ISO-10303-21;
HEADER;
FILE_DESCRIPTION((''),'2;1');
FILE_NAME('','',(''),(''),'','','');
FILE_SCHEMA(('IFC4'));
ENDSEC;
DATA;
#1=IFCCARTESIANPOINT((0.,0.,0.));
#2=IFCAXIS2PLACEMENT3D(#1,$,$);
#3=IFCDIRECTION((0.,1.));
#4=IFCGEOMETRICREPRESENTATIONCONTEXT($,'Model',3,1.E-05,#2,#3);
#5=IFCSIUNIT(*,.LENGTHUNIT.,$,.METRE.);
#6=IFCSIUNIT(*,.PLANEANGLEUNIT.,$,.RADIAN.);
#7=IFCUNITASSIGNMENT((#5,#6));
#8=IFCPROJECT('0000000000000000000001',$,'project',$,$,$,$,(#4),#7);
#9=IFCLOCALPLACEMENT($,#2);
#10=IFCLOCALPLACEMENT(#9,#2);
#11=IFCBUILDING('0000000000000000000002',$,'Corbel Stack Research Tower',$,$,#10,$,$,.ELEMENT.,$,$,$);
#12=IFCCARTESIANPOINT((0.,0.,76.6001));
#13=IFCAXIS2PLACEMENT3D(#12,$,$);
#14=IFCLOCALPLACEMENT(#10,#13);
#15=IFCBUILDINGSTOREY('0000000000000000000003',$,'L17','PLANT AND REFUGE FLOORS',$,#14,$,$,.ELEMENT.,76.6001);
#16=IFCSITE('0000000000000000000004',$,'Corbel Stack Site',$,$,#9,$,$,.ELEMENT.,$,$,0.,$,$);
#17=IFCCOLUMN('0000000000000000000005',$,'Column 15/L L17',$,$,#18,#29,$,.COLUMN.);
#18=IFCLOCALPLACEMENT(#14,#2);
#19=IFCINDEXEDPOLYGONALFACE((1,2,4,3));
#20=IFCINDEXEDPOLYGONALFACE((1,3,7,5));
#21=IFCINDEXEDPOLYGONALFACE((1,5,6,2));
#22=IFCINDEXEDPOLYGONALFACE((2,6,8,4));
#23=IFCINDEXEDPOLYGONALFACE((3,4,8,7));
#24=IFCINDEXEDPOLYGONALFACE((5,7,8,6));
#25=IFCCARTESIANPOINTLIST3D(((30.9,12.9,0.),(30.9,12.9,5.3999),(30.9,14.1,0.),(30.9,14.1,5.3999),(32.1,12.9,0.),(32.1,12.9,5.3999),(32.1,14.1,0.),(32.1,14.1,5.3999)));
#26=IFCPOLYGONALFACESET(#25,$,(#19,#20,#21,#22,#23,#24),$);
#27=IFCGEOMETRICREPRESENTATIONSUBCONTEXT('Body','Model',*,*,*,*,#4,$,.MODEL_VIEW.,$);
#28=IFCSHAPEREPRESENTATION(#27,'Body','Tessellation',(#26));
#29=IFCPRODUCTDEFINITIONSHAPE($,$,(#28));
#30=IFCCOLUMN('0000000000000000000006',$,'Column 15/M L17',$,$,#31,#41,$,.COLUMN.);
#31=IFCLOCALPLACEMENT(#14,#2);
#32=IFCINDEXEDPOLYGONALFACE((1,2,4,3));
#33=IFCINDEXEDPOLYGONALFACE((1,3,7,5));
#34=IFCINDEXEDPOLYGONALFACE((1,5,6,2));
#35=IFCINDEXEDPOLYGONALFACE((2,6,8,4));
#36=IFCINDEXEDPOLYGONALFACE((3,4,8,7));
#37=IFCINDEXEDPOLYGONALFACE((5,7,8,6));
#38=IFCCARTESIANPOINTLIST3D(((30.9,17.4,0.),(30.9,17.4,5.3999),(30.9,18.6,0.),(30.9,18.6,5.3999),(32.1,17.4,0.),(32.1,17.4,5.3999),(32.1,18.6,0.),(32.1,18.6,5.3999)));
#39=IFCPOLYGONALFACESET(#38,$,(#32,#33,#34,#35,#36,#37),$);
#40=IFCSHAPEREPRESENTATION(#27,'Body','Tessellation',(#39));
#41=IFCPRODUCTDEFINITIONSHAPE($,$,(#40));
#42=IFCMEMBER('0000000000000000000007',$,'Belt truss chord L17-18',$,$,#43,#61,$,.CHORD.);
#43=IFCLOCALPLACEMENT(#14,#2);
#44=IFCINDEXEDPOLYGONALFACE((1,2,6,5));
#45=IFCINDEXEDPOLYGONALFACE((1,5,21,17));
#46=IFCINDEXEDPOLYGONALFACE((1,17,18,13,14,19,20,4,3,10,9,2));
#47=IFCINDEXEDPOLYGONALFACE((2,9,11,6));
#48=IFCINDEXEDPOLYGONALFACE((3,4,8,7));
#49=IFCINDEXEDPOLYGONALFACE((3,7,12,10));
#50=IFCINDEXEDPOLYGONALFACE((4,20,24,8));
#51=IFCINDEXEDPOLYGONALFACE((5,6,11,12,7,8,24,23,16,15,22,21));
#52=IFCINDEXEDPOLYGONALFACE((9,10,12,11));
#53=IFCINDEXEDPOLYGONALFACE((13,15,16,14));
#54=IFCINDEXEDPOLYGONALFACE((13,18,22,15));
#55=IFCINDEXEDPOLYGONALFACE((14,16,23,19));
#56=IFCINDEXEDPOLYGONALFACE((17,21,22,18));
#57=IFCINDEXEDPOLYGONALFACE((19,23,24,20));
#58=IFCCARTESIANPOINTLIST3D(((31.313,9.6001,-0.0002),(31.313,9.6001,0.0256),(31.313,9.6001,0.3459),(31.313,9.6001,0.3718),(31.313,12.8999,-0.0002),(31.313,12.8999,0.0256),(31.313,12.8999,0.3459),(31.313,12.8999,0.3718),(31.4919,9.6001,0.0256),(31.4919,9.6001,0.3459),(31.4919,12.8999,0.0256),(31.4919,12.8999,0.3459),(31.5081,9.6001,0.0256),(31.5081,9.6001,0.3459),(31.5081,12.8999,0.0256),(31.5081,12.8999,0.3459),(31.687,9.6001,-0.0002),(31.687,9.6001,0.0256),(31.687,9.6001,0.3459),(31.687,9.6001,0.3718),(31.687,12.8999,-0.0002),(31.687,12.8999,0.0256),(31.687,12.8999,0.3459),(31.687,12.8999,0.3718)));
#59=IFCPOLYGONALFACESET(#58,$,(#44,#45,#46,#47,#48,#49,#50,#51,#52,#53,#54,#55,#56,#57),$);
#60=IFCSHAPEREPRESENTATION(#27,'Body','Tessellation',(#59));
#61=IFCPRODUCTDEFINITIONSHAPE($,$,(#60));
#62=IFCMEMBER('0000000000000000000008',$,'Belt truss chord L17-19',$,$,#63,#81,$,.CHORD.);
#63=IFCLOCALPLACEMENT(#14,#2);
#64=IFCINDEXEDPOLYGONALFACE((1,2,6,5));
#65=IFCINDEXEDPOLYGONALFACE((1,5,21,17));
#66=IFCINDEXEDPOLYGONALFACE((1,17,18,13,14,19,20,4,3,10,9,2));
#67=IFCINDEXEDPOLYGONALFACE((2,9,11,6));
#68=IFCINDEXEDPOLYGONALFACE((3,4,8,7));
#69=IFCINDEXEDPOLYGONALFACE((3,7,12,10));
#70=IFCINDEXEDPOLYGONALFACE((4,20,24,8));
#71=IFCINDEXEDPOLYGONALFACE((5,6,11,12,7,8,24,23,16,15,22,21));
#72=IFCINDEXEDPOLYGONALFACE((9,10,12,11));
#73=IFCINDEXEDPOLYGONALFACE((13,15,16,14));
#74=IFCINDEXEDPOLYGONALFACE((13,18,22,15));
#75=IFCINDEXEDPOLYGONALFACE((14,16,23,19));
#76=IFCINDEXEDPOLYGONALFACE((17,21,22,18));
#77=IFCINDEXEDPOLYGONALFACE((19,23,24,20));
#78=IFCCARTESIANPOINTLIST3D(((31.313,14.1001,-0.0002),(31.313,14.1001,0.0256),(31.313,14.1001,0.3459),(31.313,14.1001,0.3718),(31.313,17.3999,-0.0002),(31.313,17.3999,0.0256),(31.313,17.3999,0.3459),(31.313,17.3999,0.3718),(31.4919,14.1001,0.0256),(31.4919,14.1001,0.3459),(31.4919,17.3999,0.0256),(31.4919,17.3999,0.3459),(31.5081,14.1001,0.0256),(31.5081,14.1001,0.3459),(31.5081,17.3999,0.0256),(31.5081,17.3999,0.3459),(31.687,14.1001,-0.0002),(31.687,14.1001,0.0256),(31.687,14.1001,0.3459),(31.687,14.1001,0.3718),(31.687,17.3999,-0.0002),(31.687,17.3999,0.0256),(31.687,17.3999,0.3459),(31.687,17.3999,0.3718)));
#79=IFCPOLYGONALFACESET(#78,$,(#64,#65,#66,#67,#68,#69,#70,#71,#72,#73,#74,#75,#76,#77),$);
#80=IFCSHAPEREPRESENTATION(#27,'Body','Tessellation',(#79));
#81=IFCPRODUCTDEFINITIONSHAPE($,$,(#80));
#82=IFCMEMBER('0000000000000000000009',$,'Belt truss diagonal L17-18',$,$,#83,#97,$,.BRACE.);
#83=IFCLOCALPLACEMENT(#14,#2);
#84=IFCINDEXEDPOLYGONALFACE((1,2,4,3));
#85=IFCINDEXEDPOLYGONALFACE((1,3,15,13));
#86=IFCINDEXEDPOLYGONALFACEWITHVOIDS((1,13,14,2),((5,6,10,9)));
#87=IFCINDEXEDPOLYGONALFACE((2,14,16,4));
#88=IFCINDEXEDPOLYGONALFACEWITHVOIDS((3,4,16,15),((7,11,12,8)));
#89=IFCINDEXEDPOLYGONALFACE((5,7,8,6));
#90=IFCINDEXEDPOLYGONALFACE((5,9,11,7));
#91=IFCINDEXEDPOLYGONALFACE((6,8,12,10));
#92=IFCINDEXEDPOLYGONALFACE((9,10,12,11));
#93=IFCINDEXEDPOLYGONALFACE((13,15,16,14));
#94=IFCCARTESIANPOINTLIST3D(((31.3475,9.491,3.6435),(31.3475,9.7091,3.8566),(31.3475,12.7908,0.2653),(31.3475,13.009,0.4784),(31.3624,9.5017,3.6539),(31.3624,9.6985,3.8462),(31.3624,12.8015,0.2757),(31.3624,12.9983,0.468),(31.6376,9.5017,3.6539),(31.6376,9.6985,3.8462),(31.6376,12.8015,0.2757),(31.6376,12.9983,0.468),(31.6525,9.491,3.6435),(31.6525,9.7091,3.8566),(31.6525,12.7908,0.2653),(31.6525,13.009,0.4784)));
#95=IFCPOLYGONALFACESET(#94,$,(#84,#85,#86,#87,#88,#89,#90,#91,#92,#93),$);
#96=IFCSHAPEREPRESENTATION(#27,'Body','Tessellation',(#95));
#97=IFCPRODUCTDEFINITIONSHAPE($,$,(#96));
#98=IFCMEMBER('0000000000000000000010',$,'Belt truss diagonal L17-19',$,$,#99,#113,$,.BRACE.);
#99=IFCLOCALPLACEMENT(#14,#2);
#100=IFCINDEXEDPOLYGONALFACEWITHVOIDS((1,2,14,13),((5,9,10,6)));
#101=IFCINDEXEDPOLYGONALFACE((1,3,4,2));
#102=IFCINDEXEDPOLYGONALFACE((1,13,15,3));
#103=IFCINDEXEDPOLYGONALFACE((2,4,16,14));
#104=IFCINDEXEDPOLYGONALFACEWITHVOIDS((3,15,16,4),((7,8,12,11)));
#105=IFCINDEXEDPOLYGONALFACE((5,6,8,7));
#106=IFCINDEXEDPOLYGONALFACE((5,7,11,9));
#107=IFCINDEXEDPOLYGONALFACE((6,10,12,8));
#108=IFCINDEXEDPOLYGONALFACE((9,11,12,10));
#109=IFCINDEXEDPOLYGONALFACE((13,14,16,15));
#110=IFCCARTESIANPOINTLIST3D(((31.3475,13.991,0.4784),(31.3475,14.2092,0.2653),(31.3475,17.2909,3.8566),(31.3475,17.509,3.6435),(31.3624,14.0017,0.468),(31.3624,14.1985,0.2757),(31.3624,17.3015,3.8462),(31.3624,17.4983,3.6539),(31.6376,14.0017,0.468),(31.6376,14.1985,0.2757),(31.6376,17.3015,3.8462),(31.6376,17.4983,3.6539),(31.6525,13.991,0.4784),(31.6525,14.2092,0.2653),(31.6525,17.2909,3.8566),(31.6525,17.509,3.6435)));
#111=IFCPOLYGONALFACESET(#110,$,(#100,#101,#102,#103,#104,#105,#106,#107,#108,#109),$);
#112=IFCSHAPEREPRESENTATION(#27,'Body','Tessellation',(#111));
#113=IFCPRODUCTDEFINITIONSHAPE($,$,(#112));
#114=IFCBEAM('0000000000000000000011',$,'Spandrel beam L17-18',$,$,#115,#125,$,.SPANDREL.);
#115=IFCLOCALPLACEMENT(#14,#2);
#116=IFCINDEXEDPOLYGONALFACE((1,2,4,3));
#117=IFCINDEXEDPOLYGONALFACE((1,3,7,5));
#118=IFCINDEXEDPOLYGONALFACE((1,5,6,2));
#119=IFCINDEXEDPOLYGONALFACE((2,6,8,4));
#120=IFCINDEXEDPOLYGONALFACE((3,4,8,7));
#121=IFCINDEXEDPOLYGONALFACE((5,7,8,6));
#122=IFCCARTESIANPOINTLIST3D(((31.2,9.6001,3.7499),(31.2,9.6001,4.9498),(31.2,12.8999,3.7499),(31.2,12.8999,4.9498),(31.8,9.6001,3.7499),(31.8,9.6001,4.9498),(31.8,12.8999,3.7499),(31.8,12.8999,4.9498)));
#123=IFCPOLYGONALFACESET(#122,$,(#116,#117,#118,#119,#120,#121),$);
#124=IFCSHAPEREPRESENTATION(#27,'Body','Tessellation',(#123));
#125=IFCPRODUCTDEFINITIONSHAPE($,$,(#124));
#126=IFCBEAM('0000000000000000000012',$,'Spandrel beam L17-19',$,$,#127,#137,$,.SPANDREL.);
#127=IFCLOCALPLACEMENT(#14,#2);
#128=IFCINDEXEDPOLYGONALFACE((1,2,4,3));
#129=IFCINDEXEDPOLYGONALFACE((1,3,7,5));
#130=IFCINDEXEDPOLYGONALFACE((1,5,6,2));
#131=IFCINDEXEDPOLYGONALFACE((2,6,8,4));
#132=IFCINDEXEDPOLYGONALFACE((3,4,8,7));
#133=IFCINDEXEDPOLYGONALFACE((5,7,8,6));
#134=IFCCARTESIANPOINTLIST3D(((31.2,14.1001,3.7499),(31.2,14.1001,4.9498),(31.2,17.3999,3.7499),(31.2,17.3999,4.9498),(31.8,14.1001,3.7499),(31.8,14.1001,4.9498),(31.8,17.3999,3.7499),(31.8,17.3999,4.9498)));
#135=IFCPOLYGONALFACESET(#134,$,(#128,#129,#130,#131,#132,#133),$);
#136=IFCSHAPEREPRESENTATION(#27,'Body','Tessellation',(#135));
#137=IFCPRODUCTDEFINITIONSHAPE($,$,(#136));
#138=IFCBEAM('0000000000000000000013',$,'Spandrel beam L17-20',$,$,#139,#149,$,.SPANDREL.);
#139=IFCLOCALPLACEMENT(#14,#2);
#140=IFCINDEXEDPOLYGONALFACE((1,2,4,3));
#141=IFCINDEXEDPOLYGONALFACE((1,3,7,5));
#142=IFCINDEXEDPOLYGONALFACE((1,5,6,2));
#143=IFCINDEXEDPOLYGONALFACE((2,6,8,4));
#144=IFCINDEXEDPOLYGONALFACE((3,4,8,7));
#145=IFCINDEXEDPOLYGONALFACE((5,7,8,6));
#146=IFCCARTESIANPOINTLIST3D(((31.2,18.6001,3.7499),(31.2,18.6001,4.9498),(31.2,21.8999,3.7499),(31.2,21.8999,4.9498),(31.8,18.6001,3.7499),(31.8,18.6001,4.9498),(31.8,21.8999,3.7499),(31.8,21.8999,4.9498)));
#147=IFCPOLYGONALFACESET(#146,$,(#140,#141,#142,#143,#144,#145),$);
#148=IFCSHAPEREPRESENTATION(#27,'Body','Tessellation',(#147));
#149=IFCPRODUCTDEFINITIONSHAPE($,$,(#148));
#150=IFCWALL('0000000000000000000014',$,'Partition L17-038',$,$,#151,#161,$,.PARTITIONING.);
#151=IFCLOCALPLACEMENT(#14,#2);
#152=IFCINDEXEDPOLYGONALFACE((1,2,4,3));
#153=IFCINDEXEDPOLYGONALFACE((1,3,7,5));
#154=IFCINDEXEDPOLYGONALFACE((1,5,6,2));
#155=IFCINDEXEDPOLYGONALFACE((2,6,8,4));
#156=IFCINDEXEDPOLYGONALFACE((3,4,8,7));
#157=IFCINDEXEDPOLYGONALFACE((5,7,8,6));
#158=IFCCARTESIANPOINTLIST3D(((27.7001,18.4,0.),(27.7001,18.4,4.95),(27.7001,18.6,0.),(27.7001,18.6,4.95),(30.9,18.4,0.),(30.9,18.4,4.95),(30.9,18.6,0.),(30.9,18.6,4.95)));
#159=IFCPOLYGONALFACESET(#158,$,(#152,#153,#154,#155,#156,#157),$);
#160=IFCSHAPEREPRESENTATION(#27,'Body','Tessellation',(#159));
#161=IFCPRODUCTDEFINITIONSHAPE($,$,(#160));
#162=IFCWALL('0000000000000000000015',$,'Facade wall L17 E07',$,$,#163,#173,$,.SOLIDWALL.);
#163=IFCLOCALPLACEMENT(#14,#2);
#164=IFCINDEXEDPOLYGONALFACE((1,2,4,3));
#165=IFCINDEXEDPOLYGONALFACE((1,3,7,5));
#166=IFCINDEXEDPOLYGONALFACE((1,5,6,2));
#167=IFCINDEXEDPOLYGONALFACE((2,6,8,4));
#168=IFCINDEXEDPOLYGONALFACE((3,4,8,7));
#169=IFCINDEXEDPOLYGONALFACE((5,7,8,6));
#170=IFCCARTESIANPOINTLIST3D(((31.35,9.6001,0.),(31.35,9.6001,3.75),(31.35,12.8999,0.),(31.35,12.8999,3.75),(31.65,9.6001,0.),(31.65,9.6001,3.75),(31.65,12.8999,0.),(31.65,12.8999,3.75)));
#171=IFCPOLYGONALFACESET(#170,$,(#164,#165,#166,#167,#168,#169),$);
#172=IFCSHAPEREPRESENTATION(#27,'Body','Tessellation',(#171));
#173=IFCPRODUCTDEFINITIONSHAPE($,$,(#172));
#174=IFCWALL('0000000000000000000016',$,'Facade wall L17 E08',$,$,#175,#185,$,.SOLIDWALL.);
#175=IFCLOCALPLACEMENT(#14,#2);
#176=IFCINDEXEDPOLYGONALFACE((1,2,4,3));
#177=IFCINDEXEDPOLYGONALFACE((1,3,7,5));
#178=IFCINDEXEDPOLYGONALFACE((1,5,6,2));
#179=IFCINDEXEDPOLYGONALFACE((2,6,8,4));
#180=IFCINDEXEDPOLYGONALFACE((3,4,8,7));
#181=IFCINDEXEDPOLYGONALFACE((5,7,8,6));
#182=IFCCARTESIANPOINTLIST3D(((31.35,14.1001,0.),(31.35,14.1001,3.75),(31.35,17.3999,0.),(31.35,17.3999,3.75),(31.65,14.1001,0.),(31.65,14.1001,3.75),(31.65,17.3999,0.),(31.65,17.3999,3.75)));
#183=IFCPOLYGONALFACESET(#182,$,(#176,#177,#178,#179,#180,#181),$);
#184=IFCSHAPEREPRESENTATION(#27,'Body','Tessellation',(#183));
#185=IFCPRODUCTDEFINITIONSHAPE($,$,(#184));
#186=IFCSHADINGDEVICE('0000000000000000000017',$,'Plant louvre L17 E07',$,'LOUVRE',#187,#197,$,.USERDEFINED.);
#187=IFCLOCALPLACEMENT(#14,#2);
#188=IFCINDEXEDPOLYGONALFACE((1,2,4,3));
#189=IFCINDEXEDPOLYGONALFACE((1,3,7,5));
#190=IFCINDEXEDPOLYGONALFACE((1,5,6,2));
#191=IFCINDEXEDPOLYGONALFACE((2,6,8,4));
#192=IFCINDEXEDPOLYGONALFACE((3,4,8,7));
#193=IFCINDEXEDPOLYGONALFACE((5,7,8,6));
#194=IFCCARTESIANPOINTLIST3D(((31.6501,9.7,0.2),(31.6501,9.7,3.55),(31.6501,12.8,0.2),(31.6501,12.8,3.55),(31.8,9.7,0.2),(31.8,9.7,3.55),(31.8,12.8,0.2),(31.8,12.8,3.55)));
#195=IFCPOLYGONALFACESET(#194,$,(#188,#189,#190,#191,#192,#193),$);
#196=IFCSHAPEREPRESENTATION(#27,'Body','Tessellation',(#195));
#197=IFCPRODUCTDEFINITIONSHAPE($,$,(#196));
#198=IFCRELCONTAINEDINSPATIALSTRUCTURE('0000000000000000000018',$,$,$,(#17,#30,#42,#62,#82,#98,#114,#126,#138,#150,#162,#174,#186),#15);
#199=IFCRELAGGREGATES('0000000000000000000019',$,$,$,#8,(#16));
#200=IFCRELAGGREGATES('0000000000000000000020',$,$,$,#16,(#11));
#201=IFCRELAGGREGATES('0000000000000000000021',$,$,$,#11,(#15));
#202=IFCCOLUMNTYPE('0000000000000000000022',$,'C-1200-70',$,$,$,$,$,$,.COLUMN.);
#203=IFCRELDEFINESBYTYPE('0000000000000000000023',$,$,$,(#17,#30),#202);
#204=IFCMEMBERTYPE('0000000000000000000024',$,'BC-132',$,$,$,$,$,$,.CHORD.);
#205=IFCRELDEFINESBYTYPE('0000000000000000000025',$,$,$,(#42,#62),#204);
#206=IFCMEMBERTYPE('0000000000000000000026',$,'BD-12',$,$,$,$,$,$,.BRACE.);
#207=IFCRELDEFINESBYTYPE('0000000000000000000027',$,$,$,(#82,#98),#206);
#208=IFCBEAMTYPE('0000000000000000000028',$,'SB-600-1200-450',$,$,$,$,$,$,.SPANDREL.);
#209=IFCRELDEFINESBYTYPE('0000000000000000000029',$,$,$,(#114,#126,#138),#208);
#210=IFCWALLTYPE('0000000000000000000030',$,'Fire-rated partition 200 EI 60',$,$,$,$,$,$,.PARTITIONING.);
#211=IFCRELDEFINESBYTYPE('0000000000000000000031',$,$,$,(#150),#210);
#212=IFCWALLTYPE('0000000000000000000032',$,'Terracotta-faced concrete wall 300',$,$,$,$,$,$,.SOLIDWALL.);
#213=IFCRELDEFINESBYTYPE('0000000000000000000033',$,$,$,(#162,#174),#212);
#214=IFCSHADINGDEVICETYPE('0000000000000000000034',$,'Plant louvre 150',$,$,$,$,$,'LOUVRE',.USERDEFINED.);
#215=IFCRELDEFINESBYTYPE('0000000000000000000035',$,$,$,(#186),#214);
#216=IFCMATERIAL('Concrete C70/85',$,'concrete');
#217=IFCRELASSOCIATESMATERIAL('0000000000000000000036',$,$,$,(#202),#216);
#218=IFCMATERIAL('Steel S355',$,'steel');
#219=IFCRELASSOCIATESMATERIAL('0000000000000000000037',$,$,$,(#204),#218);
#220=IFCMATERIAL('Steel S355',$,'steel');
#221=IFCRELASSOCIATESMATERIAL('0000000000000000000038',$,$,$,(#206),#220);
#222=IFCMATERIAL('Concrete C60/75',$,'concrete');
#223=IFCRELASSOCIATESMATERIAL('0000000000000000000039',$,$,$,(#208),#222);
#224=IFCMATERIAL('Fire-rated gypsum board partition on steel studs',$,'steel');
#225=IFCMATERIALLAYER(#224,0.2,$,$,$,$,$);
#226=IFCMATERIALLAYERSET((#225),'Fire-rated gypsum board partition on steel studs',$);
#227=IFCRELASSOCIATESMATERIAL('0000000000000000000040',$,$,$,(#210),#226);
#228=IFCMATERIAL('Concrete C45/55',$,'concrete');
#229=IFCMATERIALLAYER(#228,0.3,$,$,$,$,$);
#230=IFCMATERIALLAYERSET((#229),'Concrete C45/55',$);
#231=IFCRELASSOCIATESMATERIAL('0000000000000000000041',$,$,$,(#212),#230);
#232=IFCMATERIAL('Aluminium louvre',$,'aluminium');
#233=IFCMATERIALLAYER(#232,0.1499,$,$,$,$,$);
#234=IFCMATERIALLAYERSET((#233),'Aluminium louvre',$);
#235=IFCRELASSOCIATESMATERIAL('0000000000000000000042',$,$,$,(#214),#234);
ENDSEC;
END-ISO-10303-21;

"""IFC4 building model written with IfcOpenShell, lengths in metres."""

from ifc_helpers import new_model, si_unit, direction, frame, frame_2d, origin, origin_2d, place, context, subcontext, project, spatial, rectangle, hollow_rectangle, i_section, extrude, material, layer, layer_set, material_profile, profile_set, type_object, element, save


model = new_model("IFC4")

# Units and contexts
model_context = context("Model", 3, precision=1e-05, world=origin(), true_north=direction((0.0, 1.0)))
body_context = subcontext(model_context, "Body", "Model", "MODEL_VIEW")
ifc_project = project(units=[si_unit("LENGTHUNIT", "METRE"), si_unit("PLANEANGLEUNIT", "RADIAN")], contexts=[model_context])

# Site, building, storey
site_placement = place(None, origin())
site = spatial("IfcSite", under=ifc_project, at=site_placement, Name="Corbel Stack Site", CompositionType="ELEMENT", RefElevation=0.0)
building_placement = place(site_placement, origin())
building = spatial("IfcBuilding", under=site, at=building_placement, Name="Corbel Stack Research Tower", CompositionType="ELEMENT")
storey_placement = place(building_placement, frame((0.0, 0.0, 76.6001)))
storey = spatial("IfcBuildingStorey", under=building, at=storey_placement, Name="L17", Description="PLANT AND REFUGE FLOORS", CompositionType="ELEMENT", Elevation=76.6001)

# Columns
ifc_material_1 = material(Name="Concrete C70/85", Category="concrete")
ifc_material_profile_1 = material_profile(ifc_material_1, rectangle(XDim=1.2, YDim=1.2, at=origin_2d()), Name="RC 1200 x 1200")
ifc_profile_set_1 = profile_set([ifc_material_profile_1], Name="Concrete C70/85")
column_type = type_object("IfcColumnType", Name="C-1200-70", PredefinedType="COLUMN", material=ifc_profile_set_1)
for number, where, z_axis, x_axis, name in (
    (1, (31.5, 13.5, 0.0), (0.0, 0.0, 1.0), (1.0, 0.0, 0.0), "Column 15/L L17"),
    (2, (31.5, 18.0, 0.0), (0.0, 0.0, 1.0), (1.0, 0.0, 0.0), "Column 15/M L17"),
):
    element("IfcColumn", number, at=place(storey_placement, frame(where, z_axis=z_axis, x_axis=x_axis)), inside=storey, type_object=column_type, Name=name, PredefinedType="COLUMN", context=body_context, shape_type="SweptSolid", body=[
        extrude(rectangle(XDim=1.2, YDim=1.2, at=origin_2d()), origin(), (0.0, 0.0, 1.0), 5.3999),
    ])

# Members
ifc_material_2 = material(Name="Steel S355", Category="steel")
ifc_material_profile_2 = material_profile(ifc_material_2, i_section(OverallWidth=0.374, OverallDepth=0.3721, WebThickness=0.0161, FlangeThickness=0.0259, at=origin_2d()), Name="W14x132")
ifc_profile_set_2 = profile_set([ifc_material_profile_2], Name="Steel S355")
member_type_1 = type_object("IfcMemberType", Name="BC-132", PredefinedType="CHORD", material=ifc_profile_set_2)
for number, where, z_axis, x_axis, name in (
    (3, (31.5, 9.6001, 0.1858), (0.0, 1.0, 0.0), (-1.0, 0.0, 0.0), "Belt truss chord L17-18"),
    (4, (31.5, 14.1001, 0.1858), (0.0, 1.0, 0.0), (-1.0, 0.0, 0.0), "Belt truss chord L17-19"),
):
    element("IfcMember", number, at=place(storey_placement, frame(where, z_axis=z_axis, x_axis=x_axis)), inside=storey, type_object=member_type_1, Name=name, PredefinedType="CHORD", context=body_context, shape_type="SweptSolid", body=[
        extrude(i_section(OverallWidth=0.374, OverallDepth=0.3721, WebThickness=0.0161, FlangeThickness=0.0259, at=origin_2d()), origin(), (0.0, 0.0, 1.0), 3.2998),
    ])
ifc_material_3 = material(Name="Steel S355", Category="steel")
ifc_material_profile_3 = material_profile(ifc_material_3, hollow_rectangle(XDim=0.3049, YDim=0.3049, WallThickness=0.0149, at=origin_2d()), Name="HSS12x12x5/8")
ifc_profile_set_3 = profile_set([ifc_material_profile_3], Name="Steel S355")
member_type_2 = type_object("IfcMemberType", Name="BD-12", PredefinedType="BRACE", material=ifc_profile_set_3)
for number, where, z_axis, x_axis, name in (
    (5, (31.5, 12.8999, 0.3718), (0.0, -0.69876, 0.715356), (1.0, 0.0, 0.0), "Belt truss diagonal L17-18"),
    (6, (31.5, 14.1001, 0.3718), (0.0, 0.69876, 0.715356), (-1.0, 0.0, 0.0), "Belt truss diagonal L17-19"),
):
    element("IfcMember", number, at=place(storey_placement, frame(where, z_axis=z_axis, x_axis=x_axis)), inside=storey, type_object=member_type_2, Name=name, PredefinedType="BRACE", context=body_context, shape_type="SweptSolid", body=[
        extrude(hollow_rectangle(XDim=0.3049, YDim=0.3049, WallThickness=0.0149, at=origin_2d()), origin(), (0.0, 0.0, 1.0), 4.7224),
    ])

# Beams
ifc_material_4 = material(Name="Concrete C60/75", Category="concrete")
ifc_material_profile_4 = material_profile(ifc_material_4, rectangle(XDim=0.6001, YDim=1.2, at=origin_2d()), Name="RC 600 x 1200")
ifc_profile_set_4 = profile_set([ifc_material_profile_4], Name="Concrete C60/75")
beam_type = type_object("IfcBeamType", Name="SB-600-1200-450", PredefinedType="SPANDREL", material=ifc_profile_set_4)
for number, where, z_axis, x_axis, name in (
    (7, (31.5, 9.6001, 4.3499), (0.0, 1.0, 0.0), (-1.0, 0.0, 0.0), "Spandrel beam L17-18"),
    (8, (31.5, 14.1001, 4.3499), (0.0, 1.0, 0.0), (-1.0, 0.0, 0.0), "Spandrel beam L17-19"),
    (9, (31.5, 18.6001, 4.3499), (0.0, 1.0, 0.0), (-1.0, 0.0, 0.0), "Spandrel beam L17-20"),
):
    element("IfcBeam", number, at=place(storey_placement, frame(where, z_axis=z_axis, x_axis=x_axis)), inside=storey, type_object=beam_type, Name=name, PredefinedType="SPANDREL", context=body_context, shape_type="SweptSolid", body=[
        extrude(rectangle(XDim=0.6001, YDim=1.2, at=origin_2d()), origin(), (0.0, 0.0, 1.0), 3.2998),
    ])

# Walls
ifc_material_5 = material(Name="Fire-rated gypsum board partition on steel studs", Category="steel")
ifc_layer_1 = layer(ifc_material_5, 0.2)
ifc_layer_set_1 = layer_set([ifc_layer_1], Name="Fire-rated gypsum board partition on steel studs")
wall_type_1 = type_object("IfcWallType", Name="Fire-rated partition 200 EI 60", PredefinedType="PARTITIONING", material=ifc_layer_set_1)
wall_placement = place(storey_placement, frame((27.7, 18.5, 0.0), z_axis=(0.0, 0.0, 1.0), x_axis=(1.0, 0.0, 0.0)))
element("IfcWall", 10, at=wall_placement, inside=storey, type_object=wall_type_1, Name="Partition L17-038", PredefinedType="PARTITIONING", context=body_context, shape_type="SweptSolid", body=[
    extrude(rectangle(XDim=3.2, YDim=0.2, at=frame_2d((1.6001, 0.0))), origin(), (0.0, 0.0, 1.0), 4.95),
])
ifc_material_6 = material(Name="Concrete C45/55", Category="concrete")
ifc_layer_2 = layer(ifc_material_6, 0.3)
ifc_layer_set_2 = layer_set([ifc_layer_2], Name="Concrete C45/55")
wall_type_2 = type_object("IfcWallType", Name="Terracotta-faced concrete wall 300", PredefinedType="SOLIDWALL", material=ifc_layer_set_2)
for number, where, z_axis, x_axis, name in (
    (11, (31.5, 12.8999, 0.0), (0.0, 0.0, 1.0), (0.0, -1.0, 0.0), "Facade wall L17 E07"),
    (12, (31.5, 17.3999, 0.0), (0.0, 0.0, 1.0), (0.0, -1.0, 0.0), "Facade wall L17 E08"),
):
    element("IfcWall", number, at=place(storey_placement, frame(where, z_axis=z_axis, x_axis=x_axis)), inside=storey, type_object=wall_type_2, Name=name, PredefinedType="SOLIDWALL", context=body_context, shape_type="SweptSolid", body=[
        extrude(rectangle(XDim=3.2998, YDim=0.3, at=frame_2d((1.6499, 0.0))), origin(), (0.0, 0.0, 1.0), 3.75),
    ])

# Shading device
ifc_material_7 = material(Name="Aluminium louvre", Category="aluminium")
ifc_layer_3 = layer(ifc_material_7, 0.1499)
ifc_layer_set_3 = layer_set([ifc_layer_3], Name="Aluminium louvre")
shading_device_type = type_object("IfcShadingDeviceType", Name="Plant louvre 150", ElementType="LOUVRE", PredefinedType="USERDEFINED", material=ifc_layer_set_3)
for number, where, z_axis, x_axis, name in (
    (13, (31.7251, 11.25, 0.2), (0.0, 0.0, 1.0), (0.0, 1.0, 0.0), "Plant louvre L17 E07"),
):
    element("IfcShadingDevice", number, at=place(storey_placement, frame(where, z_axis=z_axis, x_axis=x_axis)), inside=storey, type_object=shading_device_type, Name=name, ObjectType="LOUVRE", PredefinedType="USERDEFINED", context=body_context, shape_type="SweptSolid", body=[
        extrude(rectangle(XDim=3.1001, YDim=0.1499, at=origin_2d()), origin(), (0.0, 0.0, 1.0), 3.3501),
    ])

save(model, "model.ifc")
